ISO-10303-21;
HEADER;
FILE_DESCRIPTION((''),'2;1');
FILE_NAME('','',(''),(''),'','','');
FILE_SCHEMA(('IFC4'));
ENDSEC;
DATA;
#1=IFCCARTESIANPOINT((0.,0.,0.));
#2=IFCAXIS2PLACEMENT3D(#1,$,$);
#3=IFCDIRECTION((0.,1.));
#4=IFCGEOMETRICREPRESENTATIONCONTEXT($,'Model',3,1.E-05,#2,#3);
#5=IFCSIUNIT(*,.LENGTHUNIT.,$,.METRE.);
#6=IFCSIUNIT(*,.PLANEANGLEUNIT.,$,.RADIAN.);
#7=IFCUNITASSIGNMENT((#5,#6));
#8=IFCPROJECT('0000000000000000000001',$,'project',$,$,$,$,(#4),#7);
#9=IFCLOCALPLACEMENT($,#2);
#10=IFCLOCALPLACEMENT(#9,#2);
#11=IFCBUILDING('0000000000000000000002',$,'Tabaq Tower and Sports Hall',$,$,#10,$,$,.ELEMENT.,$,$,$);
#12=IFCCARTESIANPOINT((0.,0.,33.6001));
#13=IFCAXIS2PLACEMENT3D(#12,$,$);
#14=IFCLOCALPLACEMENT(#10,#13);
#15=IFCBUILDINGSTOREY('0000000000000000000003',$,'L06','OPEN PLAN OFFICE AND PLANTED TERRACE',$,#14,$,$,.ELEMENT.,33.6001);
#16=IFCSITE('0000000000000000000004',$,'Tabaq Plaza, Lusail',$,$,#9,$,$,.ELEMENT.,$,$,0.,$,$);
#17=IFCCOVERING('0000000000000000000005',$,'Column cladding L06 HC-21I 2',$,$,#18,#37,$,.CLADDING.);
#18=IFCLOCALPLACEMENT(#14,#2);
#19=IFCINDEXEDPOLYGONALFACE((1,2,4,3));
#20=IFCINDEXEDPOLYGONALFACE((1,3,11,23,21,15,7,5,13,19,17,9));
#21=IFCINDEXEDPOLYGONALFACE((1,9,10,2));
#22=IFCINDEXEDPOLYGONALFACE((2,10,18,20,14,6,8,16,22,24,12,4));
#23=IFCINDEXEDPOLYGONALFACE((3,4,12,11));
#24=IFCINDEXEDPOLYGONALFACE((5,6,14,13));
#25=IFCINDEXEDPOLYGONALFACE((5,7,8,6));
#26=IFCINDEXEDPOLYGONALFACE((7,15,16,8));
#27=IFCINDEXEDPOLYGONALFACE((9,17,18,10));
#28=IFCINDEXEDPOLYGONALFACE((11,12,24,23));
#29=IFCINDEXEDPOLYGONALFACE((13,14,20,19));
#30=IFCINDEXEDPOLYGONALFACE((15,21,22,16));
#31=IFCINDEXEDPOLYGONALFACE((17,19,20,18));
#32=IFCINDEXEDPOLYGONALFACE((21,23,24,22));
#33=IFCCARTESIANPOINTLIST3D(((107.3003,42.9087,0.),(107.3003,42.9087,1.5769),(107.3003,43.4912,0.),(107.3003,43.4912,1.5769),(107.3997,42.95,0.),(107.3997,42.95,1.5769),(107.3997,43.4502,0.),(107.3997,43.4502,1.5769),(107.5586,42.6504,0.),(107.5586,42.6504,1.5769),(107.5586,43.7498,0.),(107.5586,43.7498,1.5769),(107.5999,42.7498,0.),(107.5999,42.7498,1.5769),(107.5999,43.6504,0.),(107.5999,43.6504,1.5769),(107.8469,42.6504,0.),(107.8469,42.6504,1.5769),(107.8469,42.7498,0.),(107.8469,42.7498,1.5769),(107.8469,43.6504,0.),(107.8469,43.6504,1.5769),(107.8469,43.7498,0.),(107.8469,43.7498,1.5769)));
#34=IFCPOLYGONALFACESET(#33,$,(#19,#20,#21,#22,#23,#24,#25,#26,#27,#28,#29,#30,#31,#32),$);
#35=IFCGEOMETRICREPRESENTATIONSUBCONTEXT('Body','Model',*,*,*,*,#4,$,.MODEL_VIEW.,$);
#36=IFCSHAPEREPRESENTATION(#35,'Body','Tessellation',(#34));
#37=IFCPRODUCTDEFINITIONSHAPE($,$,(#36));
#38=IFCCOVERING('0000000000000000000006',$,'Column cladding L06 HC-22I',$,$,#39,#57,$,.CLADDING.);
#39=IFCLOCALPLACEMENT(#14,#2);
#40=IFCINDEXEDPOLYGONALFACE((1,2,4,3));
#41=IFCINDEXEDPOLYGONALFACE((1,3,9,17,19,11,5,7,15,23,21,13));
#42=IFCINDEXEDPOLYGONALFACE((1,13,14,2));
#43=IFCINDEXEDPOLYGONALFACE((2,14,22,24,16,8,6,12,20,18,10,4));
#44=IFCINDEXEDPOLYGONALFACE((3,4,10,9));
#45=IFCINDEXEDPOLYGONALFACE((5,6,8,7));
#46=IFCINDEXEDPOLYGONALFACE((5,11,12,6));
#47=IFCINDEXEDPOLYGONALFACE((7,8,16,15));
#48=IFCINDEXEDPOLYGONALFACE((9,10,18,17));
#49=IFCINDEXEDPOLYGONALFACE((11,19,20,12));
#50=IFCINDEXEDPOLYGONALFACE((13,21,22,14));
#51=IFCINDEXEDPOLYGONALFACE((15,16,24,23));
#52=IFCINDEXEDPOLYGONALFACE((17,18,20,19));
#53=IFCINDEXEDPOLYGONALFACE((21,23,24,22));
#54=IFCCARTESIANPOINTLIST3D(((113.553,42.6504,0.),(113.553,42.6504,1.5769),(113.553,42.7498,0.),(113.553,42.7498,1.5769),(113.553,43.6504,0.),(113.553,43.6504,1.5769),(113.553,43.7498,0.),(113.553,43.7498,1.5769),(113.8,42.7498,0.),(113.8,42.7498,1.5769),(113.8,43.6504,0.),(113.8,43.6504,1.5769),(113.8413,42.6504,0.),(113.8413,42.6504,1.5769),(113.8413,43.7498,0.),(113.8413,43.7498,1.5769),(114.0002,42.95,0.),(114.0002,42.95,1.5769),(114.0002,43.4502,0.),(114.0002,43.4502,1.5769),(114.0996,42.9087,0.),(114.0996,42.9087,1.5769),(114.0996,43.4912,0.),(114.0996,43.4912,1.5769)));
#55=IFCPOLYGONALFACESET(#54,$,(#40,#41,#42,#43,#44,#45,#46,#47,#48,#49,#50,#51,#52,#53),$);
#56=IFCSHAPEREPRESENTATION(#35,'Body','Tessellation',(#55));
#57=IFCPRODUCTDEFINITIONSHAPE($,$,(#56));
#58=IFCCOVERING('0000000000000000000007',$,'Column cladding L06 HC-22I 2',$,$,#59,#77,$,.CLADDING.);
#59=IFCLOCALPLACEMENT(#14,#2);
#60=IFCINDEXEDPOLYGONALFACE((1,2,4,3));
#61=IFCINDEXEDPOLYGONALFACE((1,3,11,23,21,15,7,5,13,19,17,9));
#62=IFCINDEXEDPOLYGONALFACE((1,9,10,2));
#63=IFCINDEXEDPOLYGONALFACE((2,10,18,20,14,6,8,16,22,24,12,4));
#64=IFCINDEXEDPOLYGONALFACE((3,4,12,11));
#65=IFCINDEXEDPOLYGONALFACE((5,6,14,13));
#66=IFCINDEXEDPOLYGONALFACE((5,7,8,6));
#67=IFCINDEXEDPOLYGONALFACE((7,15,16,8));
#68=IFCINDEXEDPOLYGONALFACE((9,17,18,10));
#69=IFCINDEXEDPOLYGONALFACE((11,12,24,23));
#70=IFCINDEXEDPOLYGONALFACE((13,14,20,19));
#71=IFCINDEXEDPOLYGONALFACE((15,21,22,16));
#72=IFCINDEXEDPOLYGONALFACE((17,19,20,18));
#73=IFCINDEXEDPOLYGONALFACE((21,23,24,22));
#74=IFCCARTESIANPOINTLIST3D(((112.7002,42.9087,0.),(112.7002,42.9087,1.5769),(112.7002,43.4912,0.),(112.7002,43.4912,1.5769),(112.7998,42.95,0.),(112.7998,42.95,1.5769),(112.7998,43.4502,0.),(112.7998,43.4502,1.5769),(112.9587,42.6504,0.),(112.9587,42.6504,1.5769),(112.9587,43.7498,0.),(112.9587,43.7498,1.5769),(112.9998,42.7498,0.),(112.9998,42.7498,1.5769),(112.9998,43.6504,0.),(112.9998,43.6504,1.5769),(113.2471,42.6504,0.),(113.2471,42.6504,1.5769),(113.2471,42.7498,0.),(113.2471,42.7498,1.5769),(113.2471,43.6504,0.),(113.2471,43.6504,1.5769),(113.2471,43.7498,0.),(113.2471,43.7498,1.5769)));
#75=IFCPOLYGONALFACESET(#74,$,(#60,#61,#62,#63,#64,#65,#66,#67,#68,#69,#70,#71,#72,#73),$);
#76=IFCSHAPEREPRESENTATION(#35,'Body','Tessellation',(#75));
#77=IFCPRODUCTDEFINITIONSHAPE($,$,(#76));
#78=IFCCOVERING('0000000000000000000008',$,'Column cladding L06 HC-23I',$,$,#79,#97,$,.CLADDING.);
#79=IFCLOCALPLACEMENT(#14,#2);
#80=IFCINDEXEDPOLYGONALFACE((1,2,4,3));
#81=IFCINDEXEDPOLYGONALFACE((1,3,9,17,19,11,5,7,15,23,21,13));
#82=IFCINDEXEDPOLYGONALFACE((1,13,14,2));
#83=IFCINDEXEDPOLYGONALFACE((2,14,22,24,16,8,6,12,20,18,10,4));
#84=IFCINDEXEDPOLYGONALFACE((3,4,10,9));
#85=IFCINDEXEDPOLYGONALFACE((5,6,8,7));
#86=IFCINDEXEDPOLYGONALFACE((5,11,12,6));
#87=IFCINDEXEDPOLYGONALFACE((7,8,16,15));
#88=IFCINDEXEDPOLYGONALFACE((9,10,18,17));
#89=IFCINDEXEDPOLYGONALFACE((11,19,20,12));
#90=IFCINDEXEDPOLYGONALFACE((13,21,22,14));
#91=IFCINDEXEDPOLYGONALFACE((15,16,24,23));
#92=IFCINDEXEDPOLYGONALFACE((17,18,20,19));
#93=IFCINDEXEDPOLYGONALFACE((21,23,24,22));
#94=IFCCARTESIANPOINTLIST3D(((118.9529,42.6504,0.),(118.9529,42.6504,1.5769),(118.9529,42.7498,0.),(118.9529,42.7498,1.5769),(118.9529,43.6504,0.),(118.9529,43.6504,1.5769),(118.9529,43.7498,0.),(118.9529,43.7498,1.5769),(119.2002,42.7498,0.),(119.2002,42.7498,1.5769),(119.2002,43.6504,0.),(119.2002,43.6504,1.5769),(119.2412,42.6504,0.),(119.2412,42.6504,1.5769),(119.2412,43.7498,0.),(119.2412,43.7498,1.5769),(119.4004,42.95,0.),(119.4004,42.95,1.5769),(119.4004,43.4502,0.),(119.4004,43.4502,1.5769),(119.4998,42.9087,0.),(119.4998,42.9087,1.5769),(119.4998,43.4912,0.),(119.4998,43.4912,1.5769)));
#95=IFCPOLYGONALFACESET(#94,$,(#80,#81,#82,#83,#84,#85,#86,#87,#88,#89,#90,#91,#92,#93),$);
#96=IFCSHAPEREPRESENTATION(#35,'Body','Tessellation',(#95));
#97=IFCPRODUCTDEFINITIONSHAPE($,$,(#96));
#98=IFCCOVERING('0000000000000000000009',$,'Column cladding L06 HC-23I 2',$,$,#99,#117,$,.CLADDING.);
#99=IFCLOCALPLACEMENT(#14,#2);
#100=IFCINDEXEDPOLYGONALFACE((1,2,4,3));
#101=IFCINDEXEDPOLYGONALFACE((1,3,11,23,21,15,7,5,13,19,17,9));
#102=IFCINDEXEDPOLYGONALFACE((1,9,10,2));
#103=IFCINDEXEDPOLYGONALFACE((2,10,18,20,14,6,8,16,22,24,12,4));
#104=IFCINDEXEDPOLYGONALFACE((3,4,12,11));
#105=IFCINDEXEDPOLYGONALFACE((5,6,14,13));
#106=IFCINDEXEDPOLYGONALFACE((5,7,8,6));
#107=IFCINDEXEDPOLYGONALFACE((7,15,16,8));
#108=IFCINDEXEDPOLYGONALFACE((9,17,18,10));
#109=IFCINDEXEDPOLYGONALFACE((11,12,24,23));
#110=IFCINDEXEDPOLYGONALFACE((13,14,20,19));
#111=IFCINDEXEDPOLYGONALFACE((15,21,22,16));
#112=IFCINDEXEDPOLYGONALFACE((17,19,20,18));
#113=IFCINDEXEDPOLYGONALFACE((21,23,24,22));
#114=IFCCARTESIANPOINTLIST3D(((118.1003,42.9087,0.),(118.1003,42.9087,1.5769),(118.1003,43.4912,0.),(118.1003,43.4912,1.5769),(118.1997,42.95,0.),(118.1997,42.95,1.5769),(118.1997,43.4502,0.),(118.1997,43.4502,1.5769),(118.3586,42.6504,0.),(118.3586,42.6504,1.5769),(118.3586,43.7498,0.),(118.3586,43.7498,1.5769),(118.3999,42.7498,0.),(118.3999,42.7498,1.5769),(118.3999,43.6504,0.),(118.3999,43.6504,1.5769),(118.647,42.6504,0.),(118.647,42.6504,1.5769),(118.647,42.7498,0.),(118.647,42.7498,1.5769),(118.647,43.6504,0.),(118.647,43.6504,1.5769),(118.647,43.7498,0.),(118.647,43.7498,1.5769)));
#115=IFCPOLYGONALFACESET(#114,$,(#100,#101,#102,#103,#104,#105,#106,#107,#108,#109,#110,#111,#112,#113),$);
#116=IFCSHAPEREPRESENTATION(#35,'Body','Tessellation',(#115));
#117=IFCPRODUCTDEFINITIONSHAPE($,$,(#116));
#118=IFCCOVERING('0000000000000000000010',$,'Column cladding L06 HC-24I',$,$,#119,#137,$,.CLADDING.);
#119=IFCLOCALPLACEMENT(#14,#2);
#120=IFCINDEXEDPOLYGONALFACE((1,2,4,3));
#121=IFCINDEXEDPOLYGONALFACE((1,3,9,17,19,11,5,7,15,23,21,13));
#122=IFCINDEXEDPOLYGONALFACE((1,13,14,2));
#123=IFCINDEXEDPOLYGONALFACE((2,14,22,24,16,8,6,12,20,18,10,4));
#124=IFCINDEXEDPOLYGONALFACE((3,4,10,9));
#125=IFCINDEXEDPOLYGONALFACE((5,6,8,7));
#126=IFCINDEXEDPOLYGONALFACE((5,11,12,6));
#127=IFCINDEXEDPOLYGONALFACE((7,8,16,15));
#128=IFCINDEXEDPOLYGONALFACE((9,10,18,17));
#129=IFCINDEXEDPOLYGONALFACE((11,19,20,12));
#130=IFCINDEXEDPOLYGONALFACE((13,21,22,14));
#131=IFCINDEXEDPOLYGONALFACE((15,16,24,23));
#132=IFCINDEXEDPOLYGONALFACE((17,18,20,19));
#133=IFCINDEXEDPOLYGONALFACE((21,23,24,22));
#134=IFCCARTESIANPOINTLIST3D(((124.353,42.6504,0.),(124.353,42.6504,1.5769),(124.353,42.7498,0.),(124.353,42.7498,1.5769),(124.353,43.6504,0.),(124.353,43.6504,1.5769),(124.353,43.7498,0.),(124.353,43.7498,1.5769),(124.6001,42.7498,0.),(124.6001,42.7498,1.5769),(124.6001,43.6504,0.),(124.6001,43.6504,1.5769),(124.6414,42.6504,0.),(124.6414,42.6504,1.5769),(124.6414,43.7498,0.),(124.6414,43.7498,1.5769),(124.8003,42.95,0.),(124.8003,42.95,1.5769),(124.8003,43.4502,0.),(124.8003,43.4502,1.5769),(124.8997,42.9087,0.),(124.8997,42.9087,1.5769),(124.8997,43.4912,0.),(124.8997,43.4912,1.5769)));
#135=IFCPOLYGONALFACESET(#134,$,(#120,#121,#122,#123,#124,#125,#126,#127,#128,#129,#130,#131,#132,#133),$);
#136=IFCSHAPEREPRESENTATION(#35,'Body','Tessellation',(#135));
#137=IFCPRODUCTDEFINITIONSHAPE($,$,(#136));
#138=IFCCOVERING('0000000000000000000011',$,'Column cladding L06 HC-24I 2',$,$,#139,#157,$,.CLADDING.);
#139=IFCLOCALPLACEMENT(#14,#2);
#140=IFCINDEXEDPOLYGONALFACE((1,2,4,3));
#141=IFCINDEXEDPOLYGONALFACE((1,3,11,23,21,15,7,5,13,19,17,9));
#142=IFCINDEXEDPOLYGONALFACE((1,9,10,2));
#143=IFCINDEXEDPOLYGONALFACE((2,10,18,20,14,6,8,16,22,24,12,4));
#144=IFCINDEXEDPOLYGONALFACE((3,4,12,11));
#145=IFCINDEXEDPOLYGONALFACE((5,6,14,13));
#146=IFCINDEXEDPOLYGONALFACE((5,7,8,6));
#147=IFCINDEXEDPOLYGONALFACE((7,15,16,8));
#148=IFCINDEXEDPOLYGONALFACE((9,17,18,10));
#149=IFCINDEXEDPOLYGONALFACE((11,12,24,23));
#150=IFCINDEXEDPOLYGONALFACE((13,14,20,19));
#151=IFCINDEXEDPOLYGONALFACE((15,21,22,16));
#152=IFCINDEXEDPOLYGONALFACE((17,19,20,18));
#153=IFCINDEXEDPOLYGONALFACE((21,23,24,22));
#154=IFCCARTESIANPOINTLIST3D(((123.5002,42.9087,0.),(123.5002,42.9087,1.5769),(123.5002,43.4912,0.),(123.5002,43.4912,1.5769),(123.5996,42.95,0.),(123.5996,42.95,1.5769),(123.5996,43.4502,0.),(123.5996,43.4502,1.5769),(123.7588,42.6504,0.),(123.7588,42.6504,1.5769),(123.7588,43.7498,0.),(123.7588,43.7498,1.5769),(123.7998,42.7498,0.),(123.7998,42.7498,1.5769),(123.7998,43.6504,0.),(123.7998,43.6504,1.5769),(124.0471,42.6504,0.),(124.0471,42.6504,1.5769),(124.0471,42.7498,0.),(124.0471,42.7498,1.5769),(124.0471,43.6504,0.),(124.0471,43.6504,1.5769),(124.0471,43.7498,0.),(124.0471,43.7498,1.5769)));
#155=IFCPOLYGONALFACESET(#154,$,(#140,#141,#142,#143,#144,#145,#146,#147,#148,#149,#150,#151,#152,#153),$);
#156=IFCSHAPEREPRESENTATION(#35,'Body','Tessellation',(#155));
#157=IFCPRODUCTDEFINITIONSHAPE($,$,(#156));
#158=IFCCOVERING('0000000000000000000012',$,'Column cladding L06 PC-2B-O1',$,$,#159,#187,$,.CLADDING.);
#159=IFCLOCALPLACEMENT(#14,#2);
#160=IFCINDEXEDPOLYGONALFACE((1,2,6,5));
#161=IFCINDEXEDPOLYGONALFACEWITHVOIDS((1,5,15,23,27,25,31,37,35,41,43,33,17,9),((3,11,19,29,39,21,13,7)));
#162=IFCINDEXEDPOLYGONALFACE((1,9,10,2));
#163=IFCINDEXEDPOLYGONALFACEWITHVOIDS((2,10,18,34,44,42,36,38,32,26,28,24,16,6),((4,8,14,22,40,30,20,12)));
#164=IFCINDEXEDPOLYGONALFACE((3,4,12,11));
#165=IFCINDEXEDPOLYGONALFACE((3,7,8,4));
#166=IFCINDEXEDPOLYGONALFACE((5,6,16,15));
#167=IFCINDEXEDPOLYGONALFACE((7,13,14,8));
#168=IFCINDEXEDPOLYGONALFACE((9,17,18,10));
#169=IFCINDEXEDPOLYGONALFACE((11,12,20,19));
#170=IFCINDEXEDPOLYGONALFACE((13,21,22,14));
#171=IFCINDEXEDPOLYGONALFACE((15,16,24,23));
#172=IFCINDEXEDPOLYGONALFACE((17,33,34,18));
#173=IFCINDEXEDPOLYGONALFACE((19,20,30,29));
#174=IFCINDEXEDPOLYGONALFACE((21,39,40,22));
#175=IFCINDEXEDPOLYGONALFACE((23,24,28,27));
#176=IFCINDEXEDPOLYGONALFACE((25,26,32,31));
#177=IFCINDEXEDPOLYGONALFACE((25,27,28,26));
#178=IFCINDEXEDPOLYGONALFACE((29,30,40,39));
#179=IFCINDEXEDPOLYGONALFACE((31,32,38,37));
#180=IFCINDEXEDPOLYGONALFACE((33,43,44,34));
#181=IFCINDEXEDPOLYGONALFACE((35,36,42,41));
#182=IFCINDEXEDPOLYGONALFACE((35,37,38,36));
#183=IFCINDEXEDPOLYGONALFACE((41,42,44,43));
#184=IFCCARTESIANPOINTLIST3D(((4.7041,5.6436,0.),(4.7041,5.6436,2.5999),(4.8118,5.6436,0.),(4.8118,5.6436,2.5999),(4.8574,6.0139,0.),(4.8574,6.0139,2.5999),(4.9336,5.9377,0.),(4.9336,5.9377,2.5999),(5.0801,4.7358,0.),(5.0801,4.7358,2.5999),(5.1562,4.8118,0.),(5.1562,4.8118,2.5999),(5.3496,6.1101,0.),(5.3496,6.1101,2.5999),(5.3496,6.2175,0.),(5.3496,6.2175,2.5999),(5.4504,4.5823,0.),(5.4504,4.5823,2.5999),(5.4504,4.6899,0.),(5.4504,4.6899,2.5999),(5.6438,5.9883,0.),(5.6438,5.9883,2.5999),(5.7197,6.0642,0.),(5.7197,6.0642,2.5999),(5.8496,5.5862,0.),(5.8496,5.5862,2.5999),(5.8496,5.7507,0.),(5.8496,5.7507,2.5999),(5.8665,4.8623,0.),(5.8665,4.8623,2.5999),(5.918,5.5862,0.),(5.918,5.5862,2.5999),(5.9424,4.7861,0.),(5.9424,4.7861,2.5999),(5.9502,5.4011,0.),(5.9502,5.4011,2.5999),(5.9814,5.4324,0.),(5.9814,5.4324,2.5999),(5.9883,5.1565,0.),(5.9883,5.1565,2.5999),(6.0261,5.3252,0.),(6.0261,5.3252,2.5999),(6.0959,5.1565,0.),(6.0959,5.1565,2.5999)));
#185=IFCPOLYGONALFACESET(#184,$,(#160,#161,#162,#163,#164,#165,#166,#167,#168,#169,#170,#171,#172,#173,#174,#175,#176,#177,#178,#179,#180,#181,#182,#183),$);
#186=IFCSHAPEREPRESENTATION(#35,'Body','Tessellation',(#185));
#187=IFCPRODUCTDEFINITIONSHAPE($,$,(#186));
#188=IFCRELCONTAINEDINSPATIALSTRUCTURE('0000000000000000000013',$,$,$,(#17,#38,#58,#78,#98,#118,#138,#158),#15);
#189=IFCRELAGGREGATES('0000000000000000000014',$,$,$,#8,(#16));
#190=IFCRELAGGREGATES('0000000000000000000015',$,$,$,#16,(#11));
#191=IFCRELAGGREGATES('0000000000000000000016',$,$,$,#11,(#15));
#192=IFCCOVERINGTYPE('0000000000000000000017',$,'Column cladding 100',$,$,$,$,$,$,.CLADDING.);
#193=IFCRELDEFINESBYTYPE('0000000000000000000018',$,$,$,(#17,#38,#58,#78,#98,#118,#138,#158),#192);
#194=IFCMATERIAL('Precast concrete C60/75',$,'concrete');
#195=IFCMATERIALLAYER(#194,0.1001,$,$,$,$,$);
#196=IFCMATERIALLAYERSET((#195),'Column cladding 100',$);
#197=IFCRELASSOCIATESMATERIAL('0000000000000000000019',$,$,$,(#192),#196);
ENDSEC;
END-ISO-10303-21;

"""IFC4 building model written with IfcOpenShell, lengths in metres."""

from ifc_helpers import new_model, si_unit, direction, frame, origin, place, context, subcontext, project, spatial, polyline, outline, extrude, material, layer, layer_set, type_object, element, save


model = new_model("IFC4")

# Units and contexts
model_context = context("Model", 3, precision=1e-05, world=origin(), true_north=direction((0.0, 1.0)))
body_context = subcontext(model_context, "Body", "Model", "MODEL_VIEW")
ifc_project = project(units=[si_unit("LENGTHUNIT", "METRE"), si_unit("PLANEANGLEUNIT", "RADIAN")], contexts=[model_context])

# Site, building, storey
site_placement = place(None, origin())
site = spatial("IfcSite", under=ifc_project, at=site_placement, Name="Tabaq Plaza, Lusail", CompositionType="ELEMENT", RefElevation=0.0)
building_placement = place(site_placement, origin())
building = spatial("IfcBuilding", under=site, at=building_placement, Name="Tabaq Tower and Sports Hall", CompositionType="ELEMENT")
storey_placement = place(building_placement, frame((0.0, 0.0, 33.6001)))
storey = spatial("IfcBuildingStorey", under=building, at=storey_placement, Name="L06", Description="OPEN PLAN OFFICE AND PLANTED TERRACE", CompositionType="ELEMENT", Elevation=33.6001)

# Coverings
ifc_material_1 = material(Name="Precast concrete C60/75", Category="concrete")
ifc_layer_1 = layer(ifc_material_1, 0.1001)
ifc_layer_set_1 = layer_set([ifc_layer_1], Name="Column cladding 100")
covering_type = type_object("IfcCoveringType", Name="Column cladding 100", PredefinedType="CLADDING", material=ifc_layer_set_1)
covering_1_placement = place(storey_placement, origin())
element("IfcCovering", 1, at=covering_1_placement, inside=storey, type_object=covering_type, Name="Column cladding L06 HC-21I 2", PredefinedType="CLADDING", context=body_context, shape_type="SweptSolid", body=[
    extrude(outline(polyline([(107.3003, 43.4912), (107.5586, 43.7498), (107.8469, 43.7498), (107.8469, 43.6504), (107.5999, 43.6504), (107.3997, 43.4502), (107.3997, 42.95), (107.5999, 42.7498), (107.8469, 42.7498), (107.8469, 42.6504), (107.5586, 42.6504), (107.3003, 42.9087), (107.3003, 43.4912)])), origin(), (0.0, 0.0, 1.0), 1.5769),
])
covering_2_placement = place(storey_placement, origin())
element("IfcCovering", 2, at=covering_2_placement, inside=storey, type_object=covering_type, Name="Column cladding L06 HC-22I", PredefinedType="CLADDING", context=body_context, shape_type="SweptSolid", body=[
    extrude(outline(polyline([(113.8413, 43.7498), (114.0996, 43.4912), (114.0996, 42.9087), (113.8413, 42.6504), (113.553, 42.6504), (113.553, 42.7498), (113.8, 42.7498), (114.0002, 42.95), (114.0002, 43.4502), (113.8, 43.6504), (113.553, 43.6504), (113.553, 43.7498), (113.8413, 43.7498)])), origin(), (0.0, 0.0, 1.0), 1.5769),
])
covering_3_placement = place(storey_placement, origin())
element("IfcCovering", 3, at=covering_3_placement, inside=storey, type_object=covering_type, Name="Column cladding L06 HC-22I 2", PredefinedType="CLADDING", context=body_context, shape_type="SweptSolid", body=[
    extrude(outline(polyline([(112.7002, 43.4912), (112.9587, 43.7498), (113.2471, 43.7498), (113.2471, 43.6504), (112.9998, 43.6504), (112.7998, 43.4502), (112.7998, 42.95), (112.9998, 42.7498), (113.2471, 42.7498), (113.2471, 42.6504), (112.9587, 42.6504), (112.7002, 42.9087), (112.7002, 43.4912)])), origin(), (0.0, 0.0, 1.0), 1.5769),
])
covering_4_placement = place(storey_placement, origin())
element("IfcCovering", 4, at=covering_4_placement, inside=storey, type_object=covering_type, Name="Column cladding L06 HC-23I", PredefinedType="CLADDING", context=body_context, shape_type="SweptSolid", body=[
    extrude(outline(polyline([(119.2412, 43.7498), (119.4998, 43.4912), (119.4998, 42.9087), (119.2412, 42.6504), (118.9529, 42.6504), (118.9529, 42.7498), (119.2002, 42.7498), (119.4004, 42.95), (119.4004, 43.4502), (119.2002, 43.6504), (118.9529, 43.6504), (118.9529, 43.7498), (119.2412, 43.7498)])), origin(), (0.0, 0.0, 1.0), 1.5769),
])
covering_5_placement = place(storey_placement, origin())
element("IfcCovering", 5, at=covering_5_placement, inside=storey, type_object=covering_type, Name="Column cladding L06 HC-23I 2", PredefinedType="CLADDING", context=body_context, shape_type="SweptSolid", body=[
    extrude(outline(polyline([(118.1003, 43.4912), (118.3586, 43.7498), (118.647, 43.7498), (118.647, 43.6504), (118.3999, 43.6504), (118.1997, 43.4502), (118.1997, 42.95), (118.3999, 42.7498), (118.647, 42.7498), (118.647, 42.6504), (118.3586, 42.6504), (118.1003, 42.9087), (118.1003, 43.4912)])), origin(), (0.0, 0.0, 1.0), 1.5769),
])
covering_6_placement = place(storey_placement, origin())
element("IfcCovering", 6, at=covering_6_placement, inside=storey, type_object=covering_type, Name="Column cladding L06 HC-24I", PredefinedType="CLADDING", context=body_context, shape_type="SweptSolid", body=[
    extrude(outline(polyline([(124.6414, 43.7498), (124.8997, 43.4912), (124.8997, 42.9087), (124.6414, 42.6504), (124.353, 42.6504), (124.353, 42.7498), (124.6001, 42.7498), (124.8003, 42.95), (124.8003, 43.4502), (124.6001, 43.6504), (124.353, 43.6504), (124.353, 43.7498), (124.6414, 43.7498)])), origin(), (0.0, 0.0, 1.0), 1.5769),
])
covering_7_placement = place(storey_placement, origin())
element("IfcCovering", 7, at=covering_7_placement, inside=storey, type_object=covering_type, Name="Column cladding L06 HC-24I 2", PredefinedType="CLADDING", context=body_context, shape_type="SweptSolid", body=[
    extrude(outline(polyline([(123.5002, 43.4912), (123.7588, 43.7498), (124.0471, 43.7498), (124.0471, 43.6504), (123.7998, 43.6504), (123.5996, 43.4502), (123.5996, 42.95), (123.7998, 42.7498), (124.0471, 42.7498), (124.0471, 42.6504), (123.7588, 42.6504), (123.5002, 42.9087), (123.5002, 43.4912)])), origin(), (0.0, 0.0, 1.0), 1.5769),
])
covering_8_placement = place(storey_placement, origin())
element("IfcCovering", 8, at=covering_8_placement, inside=storey, type_object=covering_type, Name="Column cladding L06 PC-2B-O1", PredefinedType="CLADDING", context=body_context, shape_type="SweptSolid", body=[
    extrude(outline(polyline([(5.4504, 4.5823), (5.0801, 4.7358), (4.7041, 5.6436), (4.8574, 6.0139), (5.3496, 6.2175), (5.7197, 6.0642), (5.8496, 5.7507), (5.8496, 5.5862), (5.918, 5.5862), (5.9814, 5.4324), (5.9502, 5.4011), (6.0261, 5.3252), (6.0959, 5.1565), (5.9424, 4.7861), (5.4504, 4.5823)]), holes=[polyline([(5.3496, 6.1101), (4.9336, 5.9377), (4.8118, 5.6436), (5.1562, 4.8118), (5.4504, 4.6899), (5.8665, 4.8623), (5.9883, 5.1565), (5.6438, 5.9883), (5.3496, 6.1101)])]), origin(), (0.0, 0.0, 1.0), 2.5999),
])

save(model, "model.ifc")
